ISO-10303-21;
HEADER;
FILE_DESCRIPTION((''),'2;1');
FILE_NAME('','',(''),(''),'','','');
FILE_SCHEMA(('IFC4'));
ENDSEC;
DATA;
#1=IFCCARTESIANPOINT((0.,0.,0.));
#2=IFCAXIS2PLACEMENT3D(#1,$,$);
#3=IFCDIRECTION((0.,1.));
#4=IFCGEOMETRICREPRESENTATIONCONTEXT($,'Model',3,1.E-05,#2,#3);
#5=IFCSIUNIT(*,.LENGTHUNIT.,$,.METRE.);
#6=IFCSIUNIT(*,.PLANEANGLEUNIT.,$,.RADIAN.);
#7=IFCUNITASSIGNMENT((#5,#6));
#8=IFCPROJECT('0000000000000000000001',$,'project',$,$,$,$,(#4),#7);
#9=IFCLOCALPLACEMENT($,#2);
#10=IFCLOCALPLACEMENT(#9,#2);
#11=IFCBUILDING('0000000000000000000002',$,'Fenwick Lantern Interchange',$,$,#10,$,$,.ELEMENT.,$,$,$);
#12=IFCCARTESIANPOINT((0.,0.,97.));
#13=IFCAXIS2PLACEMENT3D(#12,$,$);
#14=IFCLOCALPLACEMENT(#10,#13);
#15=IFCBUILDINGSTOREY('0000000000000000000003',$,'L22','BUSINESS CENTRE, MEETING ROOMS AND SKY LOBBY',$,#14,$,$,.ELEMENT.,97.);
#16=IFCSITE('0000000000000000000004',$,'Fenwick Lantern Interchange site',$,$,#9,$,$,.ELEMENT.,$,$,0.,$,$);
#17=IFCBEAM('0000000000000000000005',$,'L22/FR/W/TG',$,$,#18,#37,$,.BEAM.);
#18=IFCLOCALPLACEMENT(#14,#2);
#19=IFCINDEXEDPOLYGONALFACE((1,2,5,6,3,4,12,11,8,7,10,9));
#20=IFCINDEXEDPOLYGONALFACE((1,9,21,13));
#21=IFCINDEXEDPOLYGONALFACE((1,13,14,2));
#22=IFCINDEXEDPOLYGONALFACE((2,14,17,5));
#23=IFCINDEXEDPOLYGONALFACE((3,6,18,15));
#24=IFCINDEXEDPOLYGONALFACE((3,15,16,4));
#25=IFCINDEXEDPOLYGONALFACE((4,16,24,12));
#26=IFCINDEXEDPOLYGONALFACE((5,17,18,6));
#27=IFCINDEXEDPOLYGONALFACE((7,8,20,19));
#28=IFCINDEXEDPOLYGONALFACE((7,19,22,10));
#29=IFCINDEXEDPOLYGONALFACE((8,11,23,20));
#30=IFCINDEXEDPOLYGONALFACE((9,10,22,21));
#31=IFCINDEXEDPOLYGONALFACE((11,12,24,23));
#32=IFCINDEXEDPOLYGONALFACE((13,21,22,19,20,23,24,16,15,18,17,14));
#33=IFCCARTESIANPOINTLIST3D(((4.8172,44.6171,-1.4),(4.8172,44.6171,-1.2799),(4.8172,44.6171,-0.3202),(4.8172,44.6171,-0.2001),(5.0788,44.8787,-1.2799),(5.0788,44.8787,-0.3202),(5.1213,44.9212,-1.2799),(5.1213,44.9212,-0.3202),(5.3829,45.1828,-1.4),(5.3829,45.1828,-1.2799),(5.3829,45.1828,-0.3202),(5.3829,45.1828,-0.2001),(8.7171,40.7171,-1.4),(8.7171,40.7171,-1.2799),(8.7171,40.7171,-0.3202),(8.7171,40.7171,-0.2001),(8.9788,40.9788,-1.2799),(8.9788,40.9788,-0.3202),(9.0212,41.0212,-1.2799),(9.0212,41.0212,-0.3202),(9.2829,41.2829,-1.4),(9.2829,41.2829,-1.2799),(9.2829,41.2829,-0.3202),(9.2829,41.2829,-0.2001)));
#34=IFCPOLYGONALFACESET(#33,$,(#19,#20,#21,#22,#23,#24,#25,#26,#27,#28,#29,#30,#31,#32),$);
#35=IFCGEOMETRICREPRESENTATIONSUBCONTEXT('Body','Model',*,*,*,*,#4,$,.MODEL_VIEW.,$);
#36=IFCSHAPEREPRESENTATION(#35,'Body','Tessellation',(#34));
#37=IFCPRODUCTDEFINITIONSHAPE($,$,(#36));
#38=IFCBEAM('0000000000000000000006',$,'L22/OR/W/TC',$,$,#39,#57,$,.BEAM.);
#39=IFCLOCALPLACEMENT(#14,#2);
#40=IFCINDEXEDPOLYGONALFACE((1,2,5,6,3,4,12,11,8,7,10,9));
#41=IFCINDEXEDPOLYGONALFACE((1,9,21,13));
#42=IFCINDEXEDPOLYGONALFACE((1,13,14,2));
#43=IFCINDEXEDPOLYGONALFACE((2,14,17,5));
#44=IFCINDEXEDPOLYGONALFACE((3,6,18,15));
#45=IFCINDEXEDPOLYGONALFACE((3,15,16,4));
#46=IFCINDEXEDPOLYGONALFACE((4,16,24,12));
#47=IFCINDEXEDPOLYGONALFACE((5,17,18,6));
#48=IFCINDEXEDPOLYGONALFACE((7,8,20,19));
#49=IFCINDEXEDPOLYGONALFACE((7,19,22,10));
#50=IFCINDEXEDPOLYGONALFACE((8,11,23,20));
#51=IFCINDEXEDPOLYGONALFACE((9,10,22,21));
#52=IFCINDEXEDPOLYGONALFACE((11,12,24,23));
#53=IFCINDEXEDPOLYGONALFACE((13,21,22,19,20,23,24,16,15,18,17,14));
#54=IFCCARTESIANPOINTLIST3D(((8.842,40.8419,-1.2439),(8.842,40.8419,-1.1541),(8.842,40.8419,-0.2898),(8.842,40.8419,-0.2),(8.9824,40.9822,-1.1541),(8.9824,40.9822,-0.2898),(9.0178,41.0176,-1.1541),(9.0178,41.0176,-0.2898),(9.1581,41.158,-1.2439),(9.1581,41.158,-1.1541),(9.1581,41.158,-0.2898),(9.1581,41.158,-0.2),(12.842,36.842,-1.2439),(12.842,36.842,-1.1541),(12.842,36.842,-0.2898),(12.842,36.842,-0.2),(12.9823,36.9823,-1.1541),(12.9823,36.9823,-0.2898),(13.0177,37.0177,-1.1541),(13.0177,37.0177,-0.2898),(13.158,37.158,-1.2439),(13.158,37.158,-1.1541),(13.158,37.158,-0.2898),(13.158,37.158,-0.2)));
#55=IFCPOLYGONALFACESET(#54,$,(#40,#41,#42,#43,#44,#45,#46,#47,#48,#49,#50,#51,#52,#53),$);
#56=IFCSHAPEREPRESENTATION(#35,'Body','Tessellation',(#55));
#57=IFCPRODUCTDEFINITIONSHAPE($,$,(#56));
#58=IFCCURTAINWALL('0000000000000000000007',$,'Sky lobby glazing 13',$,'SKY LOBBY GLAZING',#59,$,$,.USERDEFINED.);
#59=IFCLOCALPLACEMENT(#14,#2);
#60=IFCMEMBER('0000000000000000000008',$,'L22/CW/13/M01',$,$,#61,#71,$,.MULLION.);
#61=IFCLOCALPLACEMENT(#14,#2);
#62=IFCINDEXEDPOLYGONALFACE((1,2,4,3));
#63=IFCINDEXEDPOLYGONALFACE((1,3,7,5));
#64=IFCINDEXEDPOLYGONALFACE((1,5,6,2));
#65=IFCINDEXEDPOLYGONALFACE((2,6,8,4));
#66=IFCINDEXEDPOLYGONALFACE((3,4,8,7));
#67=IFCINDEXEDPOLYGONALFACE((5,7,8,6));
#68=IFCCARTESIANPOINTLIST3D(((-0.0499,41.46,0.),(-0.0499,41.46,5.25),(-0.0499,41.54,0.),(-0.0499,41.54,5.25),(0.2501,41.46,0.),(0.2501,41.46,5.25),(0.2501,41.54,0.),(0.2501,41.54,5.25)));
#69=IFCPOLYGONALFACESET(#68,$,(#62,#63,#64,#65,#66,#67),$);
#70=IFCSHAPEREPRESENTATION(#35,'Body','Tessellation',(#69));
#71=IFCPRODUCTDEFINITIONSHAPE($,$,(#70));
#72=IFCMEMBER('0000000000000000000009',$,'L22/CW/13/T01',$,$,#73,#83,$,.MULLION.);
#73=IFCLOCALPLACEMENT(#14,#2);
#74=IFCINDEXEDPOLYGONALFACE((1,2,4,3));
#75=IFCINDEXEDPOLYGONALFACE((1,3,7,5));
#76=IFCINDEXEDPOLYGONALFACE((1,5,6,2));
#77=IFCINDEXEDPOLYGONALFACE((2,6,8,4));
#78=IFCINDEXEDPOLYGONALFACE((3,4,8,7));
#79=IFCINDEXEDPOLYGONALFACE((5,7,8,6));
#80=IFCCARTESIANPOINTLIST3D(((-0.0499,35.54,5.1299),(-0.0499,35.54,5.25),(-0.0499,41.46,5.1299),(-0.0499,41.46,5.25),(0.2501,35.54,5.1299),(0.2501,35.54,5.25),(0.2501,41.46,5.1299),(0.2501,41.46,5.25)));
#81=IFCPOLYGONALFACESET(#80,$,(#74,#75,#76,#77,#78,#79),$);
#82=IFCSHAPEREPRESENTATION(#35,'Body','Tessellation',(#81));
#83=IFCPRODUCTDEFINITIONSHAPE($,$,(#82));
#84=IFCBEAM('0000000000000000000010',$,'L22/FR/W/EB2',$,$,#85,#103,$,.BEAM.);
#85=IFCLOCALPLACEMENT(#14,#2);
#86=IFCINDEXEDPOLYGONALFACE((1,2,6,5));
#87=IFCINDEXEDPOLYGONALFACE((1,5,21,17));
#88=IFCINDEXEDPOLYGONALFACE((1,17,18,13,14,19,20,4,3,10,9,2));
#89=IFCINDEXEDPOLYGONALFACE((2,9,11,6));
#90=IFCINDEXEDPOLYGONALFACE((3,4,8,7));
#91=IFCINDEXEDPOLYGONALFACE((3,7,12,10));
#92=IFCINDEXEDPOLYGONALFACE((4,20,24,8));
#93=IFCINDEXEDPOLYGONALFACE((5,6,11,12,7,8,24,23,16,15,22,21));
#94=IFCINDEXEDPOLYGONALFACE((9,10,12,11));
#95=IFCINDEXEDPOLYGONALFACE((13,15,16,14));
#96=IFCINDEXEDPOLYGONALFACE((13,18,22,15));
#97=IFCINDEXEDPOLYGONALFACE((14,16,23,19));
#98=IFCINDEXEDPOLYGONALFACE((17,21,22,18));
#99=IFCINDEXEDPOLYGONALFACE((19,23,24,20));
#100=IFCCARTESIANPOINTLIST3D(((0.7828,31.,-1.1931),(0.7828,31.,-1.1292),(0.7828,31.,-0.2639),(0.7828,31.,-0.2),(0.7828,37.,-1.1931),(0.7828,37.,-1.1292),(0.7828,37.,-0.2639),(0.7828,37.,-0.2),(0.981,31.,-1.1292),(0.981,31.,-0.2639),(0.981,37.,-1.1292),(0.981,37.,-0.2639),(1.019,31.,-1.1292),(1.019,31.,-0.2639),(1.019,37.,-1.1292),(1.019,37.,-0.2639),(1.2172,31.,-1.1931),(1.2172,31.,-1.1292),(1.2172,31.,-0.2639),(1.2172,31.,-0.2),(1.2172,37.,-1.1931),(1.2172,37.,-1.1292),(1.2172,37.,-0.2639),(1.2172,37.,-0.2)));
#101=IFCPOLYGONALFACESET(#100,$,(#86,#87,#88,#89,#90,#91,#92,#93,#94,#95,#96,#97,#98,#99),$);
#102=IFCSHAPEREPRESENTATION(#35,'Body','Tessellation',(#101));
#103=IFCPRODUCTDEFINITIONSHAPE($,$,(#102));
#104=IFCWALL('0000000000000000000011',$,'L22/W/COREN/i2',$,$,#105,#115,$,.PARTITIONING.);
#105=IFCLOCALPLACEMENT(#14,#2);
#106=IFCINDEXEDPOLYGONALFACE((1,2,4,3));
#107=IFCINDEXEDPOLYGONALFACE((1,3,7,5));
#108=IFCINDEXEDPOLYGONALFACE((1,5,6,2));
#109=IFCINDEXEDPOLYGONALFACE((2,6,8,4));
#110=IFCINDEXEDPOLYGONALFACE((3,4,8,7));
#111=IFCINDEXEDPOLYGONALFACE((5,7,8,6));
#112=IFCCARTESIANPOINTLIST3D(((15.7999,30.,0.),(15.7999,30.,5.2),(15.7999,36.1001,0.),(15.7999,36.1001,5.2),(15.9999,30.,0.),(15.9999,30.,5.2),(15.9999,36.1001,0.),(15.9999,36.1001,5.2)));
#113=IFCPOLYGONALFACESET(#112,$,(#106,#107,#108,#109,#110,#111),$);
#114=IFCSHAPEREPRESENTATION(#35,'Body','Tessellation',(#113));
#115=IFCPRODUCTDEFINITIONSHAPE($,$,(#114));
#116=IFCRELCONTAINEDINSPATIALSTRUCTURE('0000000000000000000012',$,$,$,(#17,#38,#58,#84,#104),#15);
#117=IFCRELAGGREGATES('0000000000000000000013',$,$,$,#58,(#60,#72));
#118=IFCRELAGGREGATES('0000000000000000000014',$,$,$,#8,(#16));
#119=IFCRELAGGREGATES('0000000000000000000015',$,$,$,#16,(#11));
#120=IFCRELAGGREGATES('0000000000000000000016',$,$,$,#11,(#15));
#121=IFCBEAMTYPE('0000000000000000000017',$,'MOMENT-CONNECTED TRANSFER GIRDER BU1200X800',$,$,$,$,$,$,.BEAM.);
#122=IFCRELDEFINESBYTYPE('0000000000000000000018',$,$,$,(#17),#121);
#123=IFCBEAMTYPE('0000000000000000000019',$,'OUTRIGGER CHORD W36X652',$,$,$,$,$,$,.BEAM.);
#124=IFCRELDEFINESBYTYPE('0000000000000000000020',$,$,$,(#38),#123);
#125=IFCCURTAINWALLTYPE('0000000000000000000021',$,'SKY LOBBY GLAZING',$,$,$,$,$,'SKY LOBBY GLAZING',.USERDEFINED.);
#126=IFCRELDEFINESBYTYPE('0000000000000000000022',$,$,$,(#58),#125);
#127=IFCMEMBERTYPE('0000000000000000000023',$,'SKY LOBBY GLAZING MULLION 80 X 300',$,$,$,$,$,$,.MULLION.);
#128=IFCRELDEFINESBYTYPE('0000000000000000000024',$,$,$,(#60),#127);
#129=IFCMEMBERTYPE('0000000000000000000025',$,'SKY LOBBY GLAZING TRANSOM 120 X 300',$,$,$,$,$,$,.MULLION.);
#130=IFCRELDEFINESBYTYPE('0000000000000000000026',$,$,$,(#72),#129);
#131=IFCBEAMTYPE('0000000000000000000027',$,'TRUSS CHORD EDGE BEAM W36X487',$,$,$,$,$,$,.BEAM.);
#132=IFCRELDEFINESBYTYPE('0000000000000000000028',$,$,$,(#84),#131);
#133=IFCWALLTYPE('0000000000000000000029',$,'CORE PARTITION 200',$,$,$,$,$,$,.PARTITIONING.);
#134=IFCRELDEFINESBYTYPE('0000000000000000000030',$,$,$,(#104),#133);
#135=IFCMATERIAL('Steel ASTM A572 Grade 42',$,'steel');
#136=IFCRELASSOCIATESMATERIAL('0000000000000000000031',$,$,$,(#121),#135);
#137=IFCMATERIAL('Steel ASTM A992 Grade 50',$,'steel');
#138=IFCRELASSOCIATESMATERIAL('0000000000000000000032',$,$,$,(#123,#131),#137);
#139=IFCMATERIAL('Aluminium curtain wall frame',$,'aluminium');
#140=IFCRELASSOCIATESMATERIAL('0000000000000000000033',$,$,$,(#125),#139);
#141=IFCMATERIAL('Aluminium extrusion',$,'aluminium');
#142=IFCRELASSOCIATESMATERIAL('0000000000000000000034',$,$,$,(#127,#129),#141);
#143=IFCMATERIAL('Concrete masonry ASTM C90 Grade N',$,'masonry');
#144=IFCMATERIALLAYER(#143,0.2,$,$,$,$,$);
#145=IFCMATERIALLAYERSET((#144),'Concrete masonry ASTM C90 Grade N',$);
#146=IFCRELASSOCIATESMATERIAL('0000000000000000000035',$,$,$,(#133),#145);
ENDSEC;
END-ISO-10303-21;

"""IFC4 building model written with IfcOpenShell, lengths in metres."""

from ifc_helpers import new_model, si_unit, direction, frame, frame_2d, origin, origin_2d, place, context, subcontext, project, spatial, rectangle, i_section, extrude, material, layer, layer_set, material_profile, profile_set, type_object, element, aggregate, save


model = new_model("IFC4")

# Units and contexts
model_context = context("Model", 3, precision=1e-05, world=origin(), true_north=direction((0.0, 1.0)))
body_context = subcontext(model_context, "Body", "Model", "MODEL_VIEW")
ifc_project = project(units=[si_unit("LENGTHUNIT", "METRE"), si_unit("PLANEANGLEUNIT", "RADIAN")], contexts=[model_context])

# Site, building, storey
site_placement = place(None, origin())
site = spatial("IfcSite", under=ifc_project, at=site_placement, Name="Fenwick Lantern Interchange site", CompositionType="ELEMENT", RefElevation=0.0)
building_placement = place(site_placement, origin())
building = spatial("IfcBuilding", under=site, at=building_placement, Name="Fenwick Lantern Interchange", CompositionType="ELEMENT")
storey_placement = place(building_placement, frame((0.0, 0.0, 97.0)))
storey = spatial("IfcBuildingStorey", under=building, at=storey_placement, Name="L22", Description="BUSINESS CENTRE, MEETING ROOMS AND SKY LOBBY", CompositionType="ELEMENT", Elevation=97.0)

# Shared definitions
ifc_material_1 = material(Name="Steel ASTM A992 Grade 50", Category="steel")

# Beams
ifc_material_2 = material(Name="Steel ASTM A572 Grade 42", Category="steel")
ifc_material_profile_1 = material_profile(ifc_material_2, i_section(OverallWidth=0.8, OverallDepth=1.2, WebThickness=0.0601, FlangeThickness=0.1201, at=origin_2d()), Name="BU1200X800")
ifc_profile_set_1 = profile_set([ifc_material_profile_1], Name="Steel ASTM A572 Grade 42")
beam_type_1 = type_object("IfcBeamType", Name="MOMENT-CONNECTED TRANSFER GIRDER BU1200X800", PredefinedType="BEAM", material=ifc_profile_set_1)
beam_1_placement = place(storey_placement, frame((9.0, 41.0, -0.8), z_axis=(-0.707107, 0.707107, 0.0), x_axis=(-0.707107, -0.707107, 0.0)))
element("IfcBeam", 1, at=beam_1_placement, inside=storey, type_object=beam_type_1, Name="L22/FR/W/TG", PredefinedType="BEAM", context=body_context, shape_type="SweptSolid", body=[
    extrude(i_section(OverallWidth=0.8, OverallDepth=1.2, WebThickness=0.0601, FlangeThickness=0.1201, at=origin_2d()), origin(), (0.0, 0.0, 1.0), 5.5154),
])
ifc_material_profile_2 = material_profile(ifc_material_1, i_section(OverallWidth=0.447, OverallDepth=1.0439, WebThickness=0.05, FlangeThickness=0.0898, at=origin_2d()), Name="W36X652")
ifc_profile_set_2 = profile_set([ifc_material_profile_2], Name="Steel ASTM A992 Grade 50")
beam_type_2 = type_object("IfcBeamType", Name="OUTRIGGER CHORD W36X652", PredefinedType="BEAM", material=ifc_profile_set_2)
beam_2_placement = place(storey_placement, frame((13.0, 37.0, -0.7219), z_axis=(-0.707107, 0.707107, 0.0), x_axis=(-0.707107, -0.707107, 0.0)))
element("IfcBeam", 2, at=beam_2_placement, inside=storey, type_object=beam_type_2, Name="L22/OR/W/TC", PredefinedType="BEAM", context=body_context, shape_type="SweptSolid", body=[
    extrude(i_section(OverallWidth=0.447, OverallDepth=1.0439, WebThickness=0.05, FlangeThickness=0.0898, at=origin_2d()), origin(), (0.0, 0.0, 1.0), 5.6567),
])

# Curtain wall, members
ifc_material_3 = material(Name="Aluminium curtain wall frame", Category="aluminium")
curtain_wall_type = type_object("IfcCurtainWallType", Name="SKY LOBBY GLAZING", ElementType="SKY LOBBY GLAZING", PredefinedType="USERDEFINED", material=ifc_material_3)
curtain_wall_placement = place(storey_placement, origin())
curtain_wall = element("IfcCurtainWall", 3, at=curtain_wall_placement, inside=storey, type_object=curtain_wall_type, Name="Sky lobby glazing 13", ObjectType="SKY LOBBY GLAZING", PredefinedType="USERDEFINED")
ifc_material_4 = material(Name="Aluminium extrusion", Category="aluminium")
ifc_material_profile_3 = material_profile(ifc_material_4, rectangle(XDim=0.3, YDim=0.0801, at=origin_2d()), Name="SKY LOBBY GLAZING MULLION 80 X 300")
ifc_profile_set_3 = profile_set([ifc_material_profile_3], Name="Aluminium extrusion")
member_type_1 = type_object("IfcMemberType", Name="SKY LOBBY GLAZING MULLION 80 X 300", PredefinedType="MULLION", material=ifc_profile_set_3)
member_1_placement = place(storey_placement, frame((0.1001, 41.5, 0.0), z_axis=(0.0, 0.0, 1.0), x_axis=(1.0, 0.0, 0.0)))
member_1 = element("IfcMember", 4, at=member_1_placement, type_object=member_type_1, Name="L22/CW/13/M01", PredefinedType="MULLION", context=body_context, shape_type="SweptSolid", body=[
    extrude(rectangle(XDim=0.3, YDim=0.0801, at=origin_2d()), origin(), (0.0, 0.0, 1.0), 5.25),
])
ifc_material_profile_4 = material_profile(ifc_material_4, rectangle(XDim=0.3, YDim=0.1201, at=origin_2d()), Name="SKY LOBBY GLAZING TRANSOM 120 X 300")
ifc_profile_set_4 = profile_set([ifc_material_profile_4], Name="Aluminium extrusion")
member_type_2 = type_object("IfcMemberType", Name="SKY LOBBY GLAZING TRANSOM 120 X 300", PredefinedType="MULLION", material=ifc_profile_set_4)
member_2_placement = place(storey_placement, frame((0.1001, 41.46, 5.1899), z_axis=(0.0, -1.0, 0.0), x_axis=(1.0, 0.0, 0.0)))
member_2 = element("IfcMember", 5, at=member_2_placement, type_object=member_type_2, Name="L22/CW/13/T01", PredefinedType="MULLION", context=body_context, shape_type="SweptSolid", body=[
    extrude(rectangle(XDim=0.3, YDim=0.1201, at=origin_2d()), origin(), (0.0, 0.0, 1.0), 5.9199),
])
aggregate(curtain_wall, [member_1, member_2])

# Beam
ifc_material_profile_5 = material_profile(ifc_material_1, i_section(OverallWidth=0.4343, OverallDepth=0.9932, WebThickness=0.0381, FlangeThickness=0.064, at=origin_2d()), Name="W36X487")
ifc_profile_set_5 = profile_set([ifc_material_profile_5], Name="Steel ASTM A992 Grade 50")
beam_type_3 = type_object("IfcBeamType", Name="TRUSS CHORD EDGE BEAM W36X487", PredefinedType="BEAM", material=ifc_profile_set_5)
beam_3_placement = place(storey_placement, frame((1.0, 37.0, -0.6965), z_axis=(0.0, -1.0, 0.0), x_axis=(1.0, 0.0, 0.0)))
element("IfcBeam", 6, at=beam_3_placement, inside=storey, type_object=beam_type_3, Name="L22/FR/W/EB2", PredefinedType="BEAM", context=body_context, shape_type="SweptSolid", body=[
    extrude(i_section(OverallWidth=0.4343, OverallDepth=0.9932, WebThickness=0.0381, FlangeThickness=0.064, at=origin_2d()), origin(), (0.0, 0.0, 1.0), 6.0),
])

# Wall
ifc_material_5 = material(Name="Concrete masonry ASTM C90 Grade N", Category="masonry")
ifc_layer_1 = layer(ifc_material_5, 0.2)
ifc_layer_set_1 = layer_set([ifc_layer_1], Name="Concrete masonry ASTM C90 Grade N")
wall_type_1 = type_object("IfcWallType", Name="CORE PARTITION 200", PredefinedType="PARTITIONING", material=ifc_layer_set_1)
wall_1_placement = place(storey_placement, frame((15.8999, 36.1001, 0.0), z_axis=(0.0, 0.0, 1.0), x_axis=(0.0, -1.0, 0.0)))
element("IfcWall", 7, at=wall_1_placement, inside=storey, type_object=wall_type_1, Name="L22/W/COREN/i2", PredefinedType="PARTITIONING", context=body_context, shape_type="SweptSolid", body=[
    extrude(rectangle(XDim=6.1001, YDim=0.2, at=frame_2d((3.05, 0.0))), origin(), (0.0, 0.0, 1.0), 5.2),
])

save(model, "model.ifc")
